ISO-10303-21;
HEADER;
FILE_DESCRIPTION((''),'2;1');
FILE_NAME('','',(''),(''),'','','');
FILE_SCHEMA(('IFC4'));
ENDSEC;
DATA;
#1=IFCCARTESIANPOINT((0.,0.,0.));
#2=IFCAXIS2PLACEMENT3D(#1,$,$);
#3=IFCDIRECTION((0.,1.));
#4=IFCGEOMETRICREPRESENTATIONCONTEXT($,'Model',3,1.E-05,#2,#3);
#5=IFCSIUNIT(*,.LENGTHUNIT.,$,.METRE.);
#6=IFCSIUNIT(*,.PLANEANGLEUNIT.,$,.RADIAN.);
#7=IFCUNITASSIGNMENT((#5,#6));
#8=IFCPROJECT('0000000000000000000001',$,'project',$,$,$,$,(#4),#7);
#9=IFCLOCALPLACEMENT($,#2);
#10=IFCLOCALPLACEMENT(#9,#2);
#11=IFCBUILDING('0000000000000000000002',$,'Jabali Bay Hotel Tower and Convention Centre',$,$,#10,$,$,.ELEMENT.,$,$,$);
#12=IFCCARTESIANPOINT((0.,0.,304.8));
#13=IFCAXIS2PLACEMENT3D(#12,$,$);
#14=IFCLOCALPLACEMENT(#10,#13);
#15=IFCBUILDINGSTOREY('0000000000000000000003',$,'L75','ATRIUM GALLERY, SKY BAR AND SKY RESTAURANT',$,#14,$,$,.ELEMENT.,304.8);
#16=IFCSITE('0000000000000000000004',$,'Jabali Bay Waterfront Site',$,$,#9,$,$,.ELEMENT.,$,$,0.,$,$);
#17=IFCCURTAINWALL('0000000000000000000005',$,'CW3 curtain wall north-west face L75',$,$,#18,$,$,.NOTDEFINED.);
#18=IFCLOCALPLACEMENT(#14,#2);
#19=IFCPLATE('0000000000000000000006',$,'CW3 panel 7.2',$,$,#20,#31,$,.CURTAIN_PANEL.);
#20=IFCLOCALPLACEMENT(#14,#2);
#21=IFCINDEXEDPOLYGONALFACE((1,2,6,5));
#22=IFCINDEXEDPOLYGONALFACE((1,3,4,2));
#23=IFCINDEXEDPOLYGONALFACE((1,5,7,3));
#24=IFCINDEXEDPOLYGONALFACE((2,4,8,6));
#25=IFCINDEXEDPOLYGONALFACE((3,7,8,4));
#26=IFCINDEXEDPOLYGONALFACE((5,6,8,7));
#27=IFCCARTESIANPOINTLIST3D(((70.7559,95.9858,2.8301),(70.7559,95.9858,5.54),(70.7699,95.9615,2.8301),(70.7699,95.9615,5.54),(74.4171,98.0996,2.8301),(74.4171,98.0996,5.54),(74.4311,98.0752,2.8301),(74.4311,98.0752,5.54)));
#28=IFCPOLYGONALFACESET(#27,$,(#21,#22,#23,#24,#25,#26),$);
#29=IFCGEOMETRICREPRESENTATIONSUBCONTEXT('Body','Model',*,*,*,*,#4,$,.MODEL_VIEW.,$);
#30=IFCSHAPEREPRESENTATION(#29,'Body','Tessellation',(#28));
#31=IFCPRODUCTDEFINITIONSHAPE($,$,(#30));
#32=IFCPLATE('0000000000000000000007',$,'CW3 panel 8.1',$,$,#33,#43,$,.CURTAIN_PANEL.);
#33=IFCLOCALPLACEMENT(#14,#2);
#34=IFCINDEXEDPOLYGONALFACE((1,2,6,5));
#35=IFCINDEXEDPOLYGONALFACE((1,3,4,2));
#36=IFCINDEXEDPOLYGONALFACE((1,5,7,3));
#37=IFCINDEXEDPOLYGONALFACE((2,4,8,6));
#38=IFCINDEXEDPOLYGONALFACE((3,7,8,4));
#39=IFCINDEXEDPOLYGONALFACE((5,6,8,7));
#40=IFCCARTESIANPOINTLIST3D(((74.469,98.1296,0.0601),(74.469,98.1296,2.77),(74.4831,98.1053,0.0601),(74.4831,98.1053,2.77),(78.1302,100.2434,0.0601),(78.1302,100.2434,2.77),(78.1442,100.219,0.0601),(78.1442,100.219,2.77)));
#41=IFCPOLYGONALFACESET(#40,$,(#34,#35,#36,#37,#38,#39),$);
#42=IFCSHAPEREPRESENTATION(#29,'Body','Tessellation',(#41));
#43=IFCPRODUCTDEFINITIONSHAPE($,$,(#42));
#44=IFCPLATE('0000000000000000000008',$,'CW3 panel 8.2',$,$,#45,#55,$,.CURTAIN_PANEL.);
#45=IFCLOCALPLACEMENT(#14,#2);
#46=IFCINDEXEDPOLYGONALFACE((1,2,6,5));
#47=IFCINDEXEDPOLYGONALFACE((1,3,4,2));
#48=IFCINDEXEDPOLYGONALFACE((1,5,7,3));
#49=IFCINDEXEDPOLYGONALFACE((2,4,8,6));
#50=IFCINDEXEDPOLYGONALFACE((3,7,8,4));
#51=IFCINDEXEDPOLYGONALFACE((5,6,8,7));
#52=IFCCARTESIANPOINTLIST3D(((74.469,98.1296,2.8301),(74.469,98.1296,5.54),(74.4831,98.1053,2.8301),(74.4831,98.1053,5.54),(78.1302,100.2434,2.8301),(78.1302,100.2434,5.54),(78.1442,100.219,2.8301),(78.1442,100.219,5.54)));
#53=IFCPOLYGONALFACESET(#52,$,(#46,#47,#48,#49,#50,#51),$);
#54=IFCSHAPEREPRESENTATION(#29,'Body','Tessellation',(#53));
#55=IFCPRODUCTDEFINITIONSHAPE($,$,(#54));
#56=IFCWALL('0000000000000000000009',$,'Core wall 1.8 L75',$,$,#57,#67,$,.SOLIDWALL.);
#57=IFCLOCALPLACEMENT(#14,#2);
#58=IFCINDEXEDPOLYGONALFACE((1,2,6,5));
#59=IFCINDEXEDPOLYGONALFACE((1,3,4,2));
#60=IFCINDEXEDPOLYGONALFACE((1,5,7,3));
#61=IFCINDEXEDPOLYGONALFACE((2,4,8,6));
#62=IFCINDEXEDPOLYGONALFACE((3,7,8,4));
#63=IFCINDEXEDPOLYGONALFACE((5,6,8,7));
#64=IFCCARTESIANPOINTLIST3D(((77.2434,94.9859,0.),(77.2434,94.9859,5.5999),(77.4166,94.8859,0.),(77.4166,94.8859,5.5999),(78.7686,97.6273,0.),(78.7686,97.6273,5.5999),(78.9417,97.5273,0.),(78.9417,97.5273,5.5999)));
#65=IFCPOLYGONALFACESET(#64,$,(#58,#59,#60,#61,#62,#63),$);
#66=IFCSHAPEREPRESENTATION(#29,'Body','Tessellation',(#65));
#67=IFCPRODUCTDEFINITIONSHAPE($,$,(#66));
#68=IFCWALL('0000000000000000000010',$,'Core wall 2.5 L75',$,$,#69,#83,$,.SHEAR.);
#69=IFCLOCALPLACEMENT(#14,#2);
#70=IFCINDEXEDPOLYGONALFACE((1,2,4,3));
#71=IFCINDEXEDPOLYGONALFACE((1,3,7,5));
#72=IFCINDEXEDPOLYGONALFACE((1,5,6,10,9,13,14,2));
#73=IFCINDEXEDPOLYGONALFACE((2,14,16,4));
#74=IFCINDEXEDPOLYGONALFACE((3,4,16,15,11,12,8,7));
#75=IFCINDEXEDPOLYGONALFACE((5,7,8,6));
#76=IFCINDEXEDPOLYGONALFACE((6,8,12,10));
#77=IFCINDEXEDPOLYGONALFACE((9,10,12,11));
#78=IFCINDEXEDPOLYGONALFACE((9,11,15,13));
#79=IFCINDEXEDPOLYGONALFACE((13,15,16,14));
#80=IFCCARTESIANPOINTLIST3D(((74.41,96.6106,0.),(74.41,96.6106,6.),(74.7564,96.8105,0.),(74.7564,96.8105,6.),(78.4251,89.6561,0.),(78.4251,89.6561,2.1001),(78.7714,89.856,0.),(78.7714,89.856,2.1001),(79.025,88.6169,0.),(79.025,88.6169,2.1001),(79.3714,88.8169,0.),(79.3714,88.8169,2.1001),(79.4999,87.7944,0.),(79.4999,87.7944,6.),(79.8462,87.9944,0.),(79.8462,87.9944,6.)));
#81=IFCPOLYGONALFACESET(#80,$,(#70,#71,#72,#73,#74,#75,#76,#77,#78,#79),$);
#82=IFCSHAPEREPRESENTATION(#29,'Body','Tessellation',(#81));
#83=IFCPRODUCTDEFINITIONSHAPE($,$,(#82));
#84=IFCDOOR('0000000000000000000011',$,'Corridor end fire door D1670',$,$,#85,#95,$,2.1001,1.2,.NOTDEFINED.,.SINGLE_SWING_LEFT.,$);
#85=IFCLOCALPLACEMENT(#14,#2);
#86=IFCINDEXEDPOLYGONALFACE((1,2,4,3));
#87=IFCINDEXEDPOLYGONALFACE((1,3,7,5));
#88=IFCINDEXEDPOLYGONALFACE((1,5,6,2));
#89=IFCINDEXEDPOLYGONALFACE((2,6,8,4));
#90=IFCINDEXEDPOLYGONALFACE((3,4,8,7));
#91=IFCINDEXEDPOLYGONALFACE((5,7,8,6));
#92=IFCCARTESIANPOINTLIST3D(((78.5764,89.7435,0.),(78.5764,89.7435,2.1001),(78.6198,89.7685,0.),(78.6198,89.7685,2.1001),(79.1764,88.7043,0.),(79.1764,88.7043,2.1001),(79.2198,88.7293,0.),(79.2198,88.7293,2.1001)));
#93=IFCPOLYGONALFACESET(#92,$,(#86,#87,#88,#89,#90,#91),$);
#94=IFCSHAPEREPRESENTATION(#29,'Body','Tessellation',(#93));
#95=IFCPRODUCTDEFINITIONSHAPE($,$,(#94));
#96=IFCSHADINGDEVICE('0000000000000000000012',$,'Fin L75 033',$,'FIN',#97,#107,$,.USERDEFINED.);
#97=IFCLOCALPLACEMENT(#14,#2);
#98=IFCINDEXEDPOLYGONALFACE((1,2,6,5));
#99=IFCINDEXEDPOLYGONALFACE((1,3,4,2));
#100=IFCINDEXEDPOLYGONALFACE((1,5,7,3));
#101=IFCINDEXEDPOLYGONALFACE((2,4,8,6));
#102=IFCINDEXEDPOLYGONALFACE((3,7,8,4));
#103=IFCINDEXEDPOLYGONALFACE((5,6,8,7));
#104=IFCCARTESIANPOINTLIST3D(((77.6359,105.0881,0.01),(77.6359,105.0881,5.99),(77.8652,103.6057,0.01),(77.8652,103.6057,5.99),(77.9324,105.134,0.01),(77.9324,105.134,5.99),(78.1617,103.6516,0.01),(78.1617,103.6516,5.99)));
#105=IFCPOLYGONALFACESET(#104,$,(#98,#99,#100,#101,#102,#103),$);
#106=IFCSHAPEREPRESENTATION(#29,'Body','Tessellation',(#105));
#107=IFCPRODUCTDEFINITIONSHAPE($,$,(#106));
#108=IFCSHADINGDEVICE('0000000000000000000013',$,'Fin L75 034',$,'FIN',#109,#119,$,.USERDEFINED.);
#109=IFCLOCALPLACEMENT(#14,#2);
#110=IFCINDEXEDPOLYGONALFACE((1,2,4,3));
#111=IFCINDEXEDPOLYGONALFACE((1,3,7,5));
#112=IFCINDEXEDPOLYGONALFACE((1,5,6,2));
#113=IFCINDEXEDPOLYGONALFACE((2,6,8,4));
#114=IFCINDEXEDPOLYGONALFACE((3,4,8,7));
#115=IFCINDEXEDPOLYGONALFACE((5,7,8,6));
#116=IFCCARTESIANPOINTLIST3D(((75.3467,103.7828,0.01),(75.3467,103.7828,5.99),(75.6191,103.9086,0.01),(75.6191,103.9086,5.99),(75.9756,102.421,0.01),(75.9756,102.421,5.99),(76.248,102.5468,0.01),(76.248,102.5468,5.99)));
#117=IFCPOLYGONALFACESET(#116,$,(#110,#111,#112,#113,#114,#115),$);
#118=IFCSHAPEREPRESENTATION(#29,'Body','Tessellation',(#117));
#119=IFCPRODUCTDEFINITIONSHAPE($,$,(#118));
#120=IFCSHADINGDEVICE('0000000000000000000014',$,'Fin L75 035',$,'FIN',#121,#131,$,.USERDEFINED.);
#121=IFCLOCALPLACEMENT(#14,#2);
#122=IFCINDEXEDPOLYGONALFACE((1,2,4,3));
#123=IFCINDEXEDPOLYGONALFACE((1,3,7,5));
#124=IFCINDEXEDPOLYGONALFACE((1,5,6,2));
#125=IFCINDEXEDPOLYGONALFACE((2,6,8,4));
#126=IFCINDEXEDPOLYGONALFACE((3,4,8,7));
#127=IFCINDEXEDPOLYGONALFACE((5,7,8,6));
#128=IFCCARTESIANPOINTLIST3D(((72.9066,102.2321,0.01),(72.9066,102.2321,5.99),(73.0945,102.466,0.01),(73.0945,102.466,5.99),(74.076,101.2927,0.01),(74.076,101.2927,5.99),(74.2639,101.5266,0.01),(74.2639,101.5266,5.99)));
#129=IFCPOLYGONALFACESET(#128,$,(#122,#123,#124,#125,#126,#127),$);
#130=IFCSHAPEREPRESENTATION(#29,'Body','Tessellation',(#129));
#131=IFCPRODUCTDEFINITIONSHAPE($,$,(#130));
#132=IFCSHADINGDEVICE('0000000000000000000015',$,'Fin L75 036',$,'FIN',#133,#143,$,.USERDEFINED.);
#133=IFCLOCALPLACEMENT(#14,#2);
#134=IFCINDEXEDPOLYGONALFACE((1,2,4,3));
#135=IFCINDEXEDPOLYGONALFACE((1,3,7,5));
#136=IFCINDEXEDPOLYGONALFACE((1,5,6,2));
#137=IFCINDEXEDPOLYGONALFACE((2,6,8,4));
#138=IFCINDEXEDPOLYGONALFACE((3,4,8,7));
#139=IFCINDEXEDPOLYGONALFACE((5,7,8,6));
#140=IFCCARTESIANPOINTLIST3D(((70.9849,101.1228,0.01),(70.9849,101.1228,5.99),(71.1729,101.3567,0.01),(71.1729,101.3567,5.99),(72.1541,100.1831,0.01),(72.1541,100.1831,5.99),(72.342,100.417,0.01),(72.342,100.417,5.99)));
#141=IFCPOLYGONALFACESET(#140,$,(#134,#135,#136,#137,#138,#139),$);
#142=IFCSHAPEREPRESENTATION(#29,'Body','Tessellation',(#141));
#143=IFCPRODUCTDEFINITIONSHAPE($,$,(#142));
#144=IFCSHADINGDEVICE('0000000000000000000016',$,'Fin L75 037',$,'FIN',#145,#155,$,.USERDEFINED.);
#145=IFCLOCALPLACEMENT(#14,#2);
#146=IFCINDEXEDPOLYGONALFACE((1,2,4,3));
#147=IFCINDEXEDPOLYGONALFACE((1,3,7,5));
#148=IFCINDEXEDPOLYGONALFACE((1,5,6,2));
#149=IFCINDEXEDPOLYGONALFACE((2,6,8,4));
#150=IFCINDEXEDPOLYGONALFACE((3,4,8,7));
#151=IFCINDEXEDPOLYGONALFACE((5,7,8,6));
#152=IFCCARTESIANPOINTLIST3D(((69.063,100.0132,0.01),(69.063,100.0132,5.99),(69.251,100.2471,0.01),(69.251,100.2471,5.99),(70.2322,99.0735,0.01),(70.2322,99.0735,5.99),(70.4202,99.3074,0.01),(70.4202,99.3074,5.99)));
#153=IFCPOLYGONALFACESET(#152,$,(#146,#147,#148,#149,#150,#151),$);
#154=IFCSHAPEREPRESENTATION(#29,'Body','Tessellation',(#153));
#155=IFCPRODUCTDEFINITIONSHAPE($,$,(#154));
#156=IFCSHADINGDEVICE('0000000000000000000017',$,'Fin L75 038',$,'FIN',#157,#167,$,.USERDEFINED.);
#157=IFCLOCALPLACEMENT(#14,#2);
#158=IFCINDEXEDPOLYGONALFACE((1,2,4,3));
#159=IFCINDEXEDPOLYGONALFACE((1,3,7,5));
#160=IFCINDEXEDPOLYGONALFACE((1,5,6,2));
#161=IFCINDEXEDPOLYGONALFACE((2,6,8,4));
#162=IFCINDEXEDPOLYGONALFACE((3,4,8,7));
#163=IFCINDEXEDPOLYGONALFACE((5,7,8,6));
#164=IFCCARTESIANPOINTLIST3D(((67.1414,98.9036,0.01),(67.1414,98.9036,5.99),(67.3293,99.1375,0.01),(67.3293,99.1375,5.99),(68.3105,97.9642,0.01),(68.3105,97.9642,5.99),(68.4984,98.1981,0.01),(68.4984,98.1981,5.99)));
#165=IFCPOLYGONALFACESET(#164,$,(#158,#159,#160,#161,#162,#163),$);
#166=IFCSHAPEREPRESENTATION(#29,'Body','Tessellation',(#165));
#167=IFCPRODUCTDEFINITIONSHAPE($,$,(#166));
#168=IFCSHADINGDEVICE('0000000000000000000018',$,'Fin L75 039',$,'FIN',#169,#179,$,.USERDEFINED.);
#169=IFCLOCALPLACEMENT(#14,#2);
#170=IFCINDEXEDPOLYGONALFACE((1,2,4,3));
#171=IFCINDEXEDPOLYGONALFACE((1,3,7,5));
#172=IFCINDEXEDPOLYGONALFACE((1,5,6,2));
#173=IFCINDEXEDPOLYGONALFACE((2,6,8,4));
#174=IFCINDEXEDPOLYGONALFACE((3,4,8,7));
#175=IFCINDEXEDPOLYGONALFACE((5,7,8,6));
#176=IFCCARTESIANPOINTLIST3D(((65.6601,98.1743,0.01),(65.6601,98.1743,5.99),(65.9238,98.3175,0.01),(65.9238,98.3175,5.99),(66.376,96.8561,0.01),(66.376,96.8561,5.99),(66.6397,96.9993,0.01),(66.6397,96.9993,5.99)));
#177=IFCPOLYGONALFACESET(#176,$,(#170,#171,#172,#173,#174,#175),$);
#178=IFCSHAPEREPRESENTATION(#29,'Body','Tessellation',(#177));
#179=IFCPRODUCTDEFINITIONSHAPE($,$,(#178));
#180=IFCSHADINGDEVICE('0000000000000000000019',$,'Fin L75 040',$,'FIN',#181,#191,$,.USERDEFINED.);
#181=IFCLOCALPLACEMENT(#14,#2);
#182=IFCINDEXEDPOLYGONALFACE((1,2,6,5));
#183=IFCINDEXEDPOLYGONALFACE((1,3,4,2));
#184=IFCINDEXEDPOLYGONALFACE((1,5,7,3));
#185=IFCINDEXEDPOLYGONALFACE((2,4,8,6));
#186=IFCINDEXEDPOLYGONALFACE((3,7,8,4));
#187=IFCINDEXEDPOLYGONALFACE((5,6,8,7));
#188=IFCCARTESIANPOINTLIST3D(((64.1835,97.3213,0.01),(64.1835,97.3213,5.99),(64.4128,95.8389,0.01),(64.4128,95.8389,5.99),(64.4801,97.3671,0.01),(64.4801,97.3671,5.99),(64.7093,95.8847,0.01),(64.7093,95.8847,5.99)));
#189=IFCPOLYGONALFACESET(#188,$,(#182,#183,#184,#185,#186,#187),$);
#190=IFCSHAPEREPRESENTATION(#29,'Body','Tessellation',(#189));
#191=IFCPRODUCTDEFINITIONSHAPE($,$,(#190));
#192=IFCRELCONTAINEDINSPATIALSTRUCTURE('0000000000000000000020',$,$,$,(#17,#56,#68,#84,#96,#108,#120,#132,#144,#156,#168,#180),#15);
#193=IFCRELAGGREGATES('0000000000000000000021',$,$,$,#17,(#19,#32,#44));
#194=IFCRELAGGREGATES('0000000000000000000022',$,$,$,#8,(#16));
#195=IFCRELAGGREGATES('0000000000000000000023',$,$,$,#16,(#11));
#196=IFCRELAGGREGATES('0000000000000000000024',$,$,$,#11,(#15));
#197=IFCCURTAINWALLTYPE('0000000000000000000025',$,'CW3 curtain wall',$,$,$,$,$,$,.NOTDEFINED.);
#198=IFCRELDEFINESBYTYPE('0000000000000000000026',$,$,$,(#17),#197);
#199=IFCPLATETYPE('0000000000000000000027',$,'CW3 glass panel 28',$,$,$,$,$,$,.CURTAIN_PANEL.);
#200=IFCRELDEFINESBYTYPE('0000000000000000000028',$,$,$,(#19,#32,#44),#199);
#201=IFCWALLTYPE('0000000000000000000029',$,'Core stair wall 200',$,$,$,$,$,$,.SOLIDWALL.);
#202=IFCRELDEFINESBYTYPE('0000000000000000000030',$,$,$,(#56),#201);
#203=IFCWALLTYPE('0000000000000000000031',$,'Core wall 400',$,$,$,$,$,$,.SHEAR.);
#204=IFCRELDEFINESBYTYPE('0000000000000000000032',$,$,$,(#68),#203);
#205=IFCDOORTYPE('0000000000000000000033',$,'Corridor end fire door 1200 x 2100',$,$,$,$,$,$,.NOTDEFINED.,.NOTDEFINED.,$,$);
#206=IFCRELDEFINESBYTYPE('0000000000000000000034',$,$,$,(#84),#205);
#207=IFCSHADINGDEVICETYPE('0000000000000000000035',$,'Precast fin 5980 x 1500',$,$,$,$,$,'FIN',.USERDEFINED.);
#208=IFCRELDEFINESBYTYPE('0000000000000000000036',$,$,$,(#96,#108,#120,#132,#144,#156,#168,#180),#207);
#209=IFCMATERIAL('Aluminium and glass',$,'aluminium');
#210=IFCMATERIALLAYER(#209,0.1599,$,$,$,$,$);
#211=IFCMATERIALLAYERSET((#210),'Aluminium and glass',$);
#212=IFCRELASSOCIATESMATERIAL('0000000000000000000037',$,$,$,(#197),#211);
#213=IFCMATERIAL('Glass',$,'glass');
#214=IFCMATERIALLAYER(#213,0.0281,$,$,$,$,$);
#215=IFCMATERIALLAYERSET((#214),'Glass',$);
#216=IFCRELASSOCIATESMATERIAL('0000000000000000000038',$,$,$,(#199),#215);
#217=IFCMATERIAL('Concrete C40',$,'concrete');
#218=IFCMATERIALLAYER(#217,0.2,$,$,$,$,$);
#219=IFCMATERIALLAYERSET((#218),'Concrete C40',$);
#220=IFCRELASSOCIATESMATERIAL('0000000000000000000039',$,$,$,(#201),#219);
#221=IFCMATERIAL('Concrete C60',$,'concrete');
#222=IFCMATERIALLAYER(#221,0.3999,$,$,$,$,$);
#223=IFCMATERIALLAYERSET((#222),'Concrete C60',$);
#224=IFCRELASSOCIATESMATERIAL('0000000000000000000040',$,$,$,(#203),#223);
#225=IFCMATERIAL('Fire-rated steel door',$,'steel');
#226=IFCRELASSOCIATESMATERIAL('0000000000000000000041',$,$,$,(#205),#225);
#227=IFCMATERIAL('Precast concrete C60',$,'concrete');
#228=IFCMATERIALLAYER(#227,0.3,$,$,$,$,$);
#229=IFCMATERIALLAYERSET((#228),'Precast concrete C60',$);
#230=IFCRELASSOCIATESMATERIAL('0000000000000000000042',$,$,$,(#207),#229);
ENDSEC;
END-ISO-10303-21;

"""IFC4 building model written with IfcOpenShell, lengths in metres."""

from ifc_helpers import new_model, si_unit, direction, frame, frame_2d, origin, origin_2d, place, context, subcontext, project, spatial, rectangle, extrude, material, layer, layer_set, type_object, element, fill, aggregate, save


model = new_model("IFC4")

# Units and contexts
model_context = context("Model", 3, precision=1e-05, world=origin(), true_north=direction((0.0, 1.0)))
body_context = subcontext(model_context, "Body", "Model", "MODEL_VIEW")
ifc_project = project(units=[si_unit("LENGTHUNIT", "METRE"), si_unit("PLANEANGLEUNIT", "RADIAN")], contexts=[model_context])

# Site, building, storey
site_placement = place(None, origin())
site = spatial("IfcSite", under=ifc_project, at=site_placement, Name="Jabali Bay Waterfront Site", CompositionType="ELEMENT", RefElevation=0.0)
building_placement = place(site_placement, origin())
building = spatial("IfcBuilding", under=site, at=building_placement, Name="Jabali Bay Hotel Tower and Convention Centre", CompositionType="ELEMENT")
storey_placement = place(building_placement, frame((0.0, 0.0, 304.8)))
storey = spatial("IfcBuildingStorey", under=building, at=storey_placement, Name="L75", Description="ATRIUM GALLERY, SKY BAR AND SKY RESTAURANT", CompositionType="ELEMENT", Elevation=304.8)

# Shared definitions
ifc_material_1 = material(Name="Concrete C60", Category="concrete")

# Curtain wall, plates
ifc_material_2 = material(Name="Aluminium and glass", Category="aluminium")
ifc_layer_1 = layer(ifc_material_2, 0.1599)
ifc_layer_set_1 = layer_set([ifc_layer_1], Name="Aluminium and glass")
curtain_wall_type = type_object("IfcCurtainWallType", Name="CW3 curtain wall", PredefinedType="NOTDEFINED", material=ifc_layer_set_1)
curtain_wall_placement = place(storey_placement, origin())
curtain_wall = element("IfcCurtainWall", 1, at=curtain_wall_placement, inside=storey, type_object=curtain_wall_type, Name="CW3 curtain wall north-west face L75", PredefinedType="NOTDEFINED")
ifc_material_3 = material(Name="Glass", Category="glass")
ifc_layer_2 = layer(ifc_material_3, 0.0281)
ifc_layer_set_2 = layer_set([ifc_layer_2], Name="Glass")
plate_type = type_object("IfcPlateType", Name="CW3 glass panel 28", PredefinedType="CURTAIN_PANEL", material=ifc_layer_set_2)
plate_1_placement = place(storey_placement, frame((72.5935, 97.0305, 2.8301), z_axis=(0.0, 0.0, 1.0), x_axis=(0.866025, 0.5, 0.0)))
plate_1 = element("IfcPlate", 2, at=plate_1_placement, type_object=plate_type, Name="CW3 panel 7.2", PredefinedType="CURTAIN_PANEL", context=body_context, shape_type="SweptSolid", body=[
    extrude(rectangle(XDim=4.2275, YDim=0.0281, at=origin_2d()), origin(), (0.0, 0.0, 1.0), 2.71),
])
plate_2_placement = place(storey_placement, frame((76.3066, 99.1743, 0.0601), z_axis=(0.0, 0.0, 1.0), x_axis=(0.866025, 0.5, 0.0)))
plate_2 = element("IfcPlate", 3, at=plate_2_placement, type_object=plate_type, Name="CW3 panel 8.1", PredefinedType="CURTAIN_PANEL", context=body_context, shape_type="SweptSolid", body=[
    extrude(rectangle(XDim=4.2275, YDim=0.0281, at=origin_2d()), origin(), (0.0, 0.0, 1.0), 2.71),
])
plate_3_placement = place(storey_placement, frame((76.3066, 99.1743, 2.8301), z_axis=(0.0, 0.0, 1.0), x_axis=(0.866025, 0.5, 0.0)))
plate_3 = element("IfcPlate", 4, at=plate_3_placement, type_object=plate_type, Name="CW3 panel 8.2", PredefinedType="CURTAIN_PANEL", context=body_context, shape_type="SweptSolid", body=[
    extrude(rectangle(XDim=4.2275, YDim=0.0281, at=origin_2d()), origin(), (0.0, 0.0, 1.0), 2.71),
])
aggregate(curtain_wall, [plate_1, plate_2, plate_3])

# Wall
ifc_material_4 = material(Name="Concrete C40", Category="concrete")
ifc_layer_3 = layer(ifc_material_4, 0.2)
ifc_layer_set_3 = layer_set([ifc_layer_3], Name="Concrete C40")
wall_type_1 = type_object("IfcWallType", Name="Core stair wall 200", PredefinedType="SOLIDWALL", material=ifc_layer_set_3)
wall_1_placement = place(storey_placement, frame((77.3301, 94.936, 0.0), z_axis=(0.0, 0.0, 1.0), x_axis=(0.500039, 0.866003, 0.0)))
element("IfcWall", 5, at=wall_1_placement, inside=storey, type_object=wall_type_1, Name="Core wall 1.8 L75", PredefinedType="SOLIDWALL", context=body_context, shape_type="SweptSolid", body=[
    extrude(rectangle(XDim=3.05, YDim=0.2, at=frame_2d((1.5249, 0.0))), origin(), (0.0, 0.0, 1.0), 5.5999),
])

# Wall, opening, door
ifc_layer_4 = layer(ifc_material_1, 0.3999)
ifc_layer_set_4 = layer_set([ifc_layer_4], Name="Concrete C60")
wall_type_2 = type_object("IfcWallType", Name="Core wall 400", PredefinedType="SHEAR", material=ifc_layer_set_4)
wall_2_placement = place(storey_placement, frame((74.5833, 96.7104, 0.0), z_axis=(0.0, 0.0, 1.0), x_axis=(0.499987, -0.866033, 0.0)))
wall_2 = element("IfcWall", 6, at=wall_2_placement, inside=storey, type_object=wall_type_2, Name="Core wall 2.5 L75", PredefinedType="SHEAR", context=body_context, shape_type="SweptSolid", body=[
    extrude(rectangle(XDim=10.1799, YDim=0.3999, at=frame_2d((5.0898, 0.0))), origin(), (0.0, 0.0, 1.0), 6.0),
])
opening_placement = place(wall_2_placement, frame((8.03, 0.0, 0.0)))
opening = element("IfcOpeningElement", 7, at=opening_placement, cuts=wall_2, PredefinedType="OPENING", context=body_context, shape_type="SweptSolid", body=[
    extrude(rectangle(XDim=1.2, YDim=2.1001, at=frame_2d((0.6001, 1.05))), frame((0.0, 0.2104, 0.0), z_axis=(0.0, -1.0, 0.0), x_axis=(1.0, 0.0, 0.0)), (0.0, 0.0, 1.0), 0.4209),
])
ifc_material_5 = material(Name="Fire-rated steel door", Category="steel")
door_type = type_object("IfcDoorType", Name="Corridor end fire door 1200 x 2100", OperationType="NOTDEFINED", PredefinedType="NOTDEFINED", material=ifc_material_5)
door_placement = place(opening_placement, origin())
door = element("IfcDoor", 8, at=door_placement, inside=storey, type_object=door_type, Name="Corridor end fire door D1670", OperationType="SINGLE_SWING_LEFT", OverallHeight=2.1001, OverallWidth=1.2, PredefinedType="NOTDEFINED", context=body_context, shape_type="SweptSolid", body=[
    extrude(rectangle(XDim=1.2, YDim=2.1001, at=frame_2d((0.6001, 1.05))), frame((0.0, 0.0249, 0.0), z_axis=(0.0, -1.0, 0.0), x_axis=(1.0, 0.0, 0.0)), (0.0, 0.0, 1.0), 0.05),
])
fill(opening, door)

# Shading devices
ifc_material_6 = material(Name="Precast concrete C60", Category="concrete")
ifc_layer_5 = layer(ifc_material_6, 0.3)
ifc_layer_set_5 = layer_set([ifc_layer_5], Name="Precast concrete C60")
shading_device_type = type_object("IfcShadingDeviceType", Name="Precast fin 5980 x 1500", ElementType="FIN", PredefinedType="USERDEFINED", material=ifc_layer_set_5)
for number, where, z_axis, x_axis, name in (
    (9, (78.0134, 103.6287, 0.01), (0.0, 0.0, 1.0), (-0.152828, 0.988253, 0.0), "Fin L75 033"),
    (10, (76.1118, 102.4839, 0.01), (0.0, 0.0, 1.0), (-0.419265, 0.907864, 0.0), "Fin L75 034"),
    (11, (74.1699, 101.4097, 0.01), (0.0, 0.0, 1.0), (-0.779597, 0.626282, 0.0), "Fin L75 035"),
    (12, (72.248, 100.3, 0.01), (0.0, 0.0, 1.0), (-0.779454, 0.62646, 0.0), "Fin L75 036"),
    (13, (70.3262, 99.1904, 0.01), (0.0, 0.0, 1.0), (-0.779454, 0.62646, 0.0), "Fin L75 037"),
):
    element("IfcShadingDevice", number, at=place(storey_placement, frame(where, z_axis=z_axis, x_axis=x_axis)), inside=storey, type_object=shading_device_type, Name=name, ObjectType="FIN", PredefinedType="USERDEFINED", context=body_context, shape_type="SweptSolid", body=[
        extrude(rectangle(XDim=1.5, YDim=0.3, at=frame_2d((0.75, 0.0))), origin(), (0.0, 0.0, 1.0), 5.98),
    ])
shading_device_placement = place(storey_placement, frame((68.4045, 98.0811, 0.01), z_axis=(0.0, 0.0, 1.0), x_axis=(-0.779533, 0.626361, 0.0)))
element("IfcShadingDevice", 14, at=shading_device_placement, inside=storey, type_object=shading_device_type, Name="Fin L75 038", ObjectType="FIN", PredefinedType="USERDEFINED", context=body_context, shape_type="SweptSolid", body=[
    extrude(rectangle(XDim=1.4998, YDim=0.3, at=frame_2d((0.75, 0.0))), origin(), (0.0, 0.0, 1.0), 5.98),
])
for number, where, z_axis, x_axis, name in (
    (15, (66.5078, 96.9277, 0.01), (0.0, 0.0, 1.0), (-0.477232, 0.878777, 0.0), "Fin L75 039"),
    (16, (64.561, 95.8618, 0.01), (0.0, 0.0, 1.0), (-0.152828, 0.988253, 0.0), "Fin L75 040"),
):
    element("IfcShadingDevice", number, at=place(storey_placement, frame(where, z_axis=z_axis, x_axis=x_axis)), inside=storey, type_object=shading_device_type, Name=name, ObjectType="FIN", PredefinedType="USERDEFINED", context=body_context, shape_type="SweptSolid", body=[
        extrude(rectangle(XDim=1.5, YDim=0.3, at=frame_2d((0.75, 0.0))), origin(), (0.0, 0.0, 1.0), 5.98),
    ])

save(model, "model.ifc")
